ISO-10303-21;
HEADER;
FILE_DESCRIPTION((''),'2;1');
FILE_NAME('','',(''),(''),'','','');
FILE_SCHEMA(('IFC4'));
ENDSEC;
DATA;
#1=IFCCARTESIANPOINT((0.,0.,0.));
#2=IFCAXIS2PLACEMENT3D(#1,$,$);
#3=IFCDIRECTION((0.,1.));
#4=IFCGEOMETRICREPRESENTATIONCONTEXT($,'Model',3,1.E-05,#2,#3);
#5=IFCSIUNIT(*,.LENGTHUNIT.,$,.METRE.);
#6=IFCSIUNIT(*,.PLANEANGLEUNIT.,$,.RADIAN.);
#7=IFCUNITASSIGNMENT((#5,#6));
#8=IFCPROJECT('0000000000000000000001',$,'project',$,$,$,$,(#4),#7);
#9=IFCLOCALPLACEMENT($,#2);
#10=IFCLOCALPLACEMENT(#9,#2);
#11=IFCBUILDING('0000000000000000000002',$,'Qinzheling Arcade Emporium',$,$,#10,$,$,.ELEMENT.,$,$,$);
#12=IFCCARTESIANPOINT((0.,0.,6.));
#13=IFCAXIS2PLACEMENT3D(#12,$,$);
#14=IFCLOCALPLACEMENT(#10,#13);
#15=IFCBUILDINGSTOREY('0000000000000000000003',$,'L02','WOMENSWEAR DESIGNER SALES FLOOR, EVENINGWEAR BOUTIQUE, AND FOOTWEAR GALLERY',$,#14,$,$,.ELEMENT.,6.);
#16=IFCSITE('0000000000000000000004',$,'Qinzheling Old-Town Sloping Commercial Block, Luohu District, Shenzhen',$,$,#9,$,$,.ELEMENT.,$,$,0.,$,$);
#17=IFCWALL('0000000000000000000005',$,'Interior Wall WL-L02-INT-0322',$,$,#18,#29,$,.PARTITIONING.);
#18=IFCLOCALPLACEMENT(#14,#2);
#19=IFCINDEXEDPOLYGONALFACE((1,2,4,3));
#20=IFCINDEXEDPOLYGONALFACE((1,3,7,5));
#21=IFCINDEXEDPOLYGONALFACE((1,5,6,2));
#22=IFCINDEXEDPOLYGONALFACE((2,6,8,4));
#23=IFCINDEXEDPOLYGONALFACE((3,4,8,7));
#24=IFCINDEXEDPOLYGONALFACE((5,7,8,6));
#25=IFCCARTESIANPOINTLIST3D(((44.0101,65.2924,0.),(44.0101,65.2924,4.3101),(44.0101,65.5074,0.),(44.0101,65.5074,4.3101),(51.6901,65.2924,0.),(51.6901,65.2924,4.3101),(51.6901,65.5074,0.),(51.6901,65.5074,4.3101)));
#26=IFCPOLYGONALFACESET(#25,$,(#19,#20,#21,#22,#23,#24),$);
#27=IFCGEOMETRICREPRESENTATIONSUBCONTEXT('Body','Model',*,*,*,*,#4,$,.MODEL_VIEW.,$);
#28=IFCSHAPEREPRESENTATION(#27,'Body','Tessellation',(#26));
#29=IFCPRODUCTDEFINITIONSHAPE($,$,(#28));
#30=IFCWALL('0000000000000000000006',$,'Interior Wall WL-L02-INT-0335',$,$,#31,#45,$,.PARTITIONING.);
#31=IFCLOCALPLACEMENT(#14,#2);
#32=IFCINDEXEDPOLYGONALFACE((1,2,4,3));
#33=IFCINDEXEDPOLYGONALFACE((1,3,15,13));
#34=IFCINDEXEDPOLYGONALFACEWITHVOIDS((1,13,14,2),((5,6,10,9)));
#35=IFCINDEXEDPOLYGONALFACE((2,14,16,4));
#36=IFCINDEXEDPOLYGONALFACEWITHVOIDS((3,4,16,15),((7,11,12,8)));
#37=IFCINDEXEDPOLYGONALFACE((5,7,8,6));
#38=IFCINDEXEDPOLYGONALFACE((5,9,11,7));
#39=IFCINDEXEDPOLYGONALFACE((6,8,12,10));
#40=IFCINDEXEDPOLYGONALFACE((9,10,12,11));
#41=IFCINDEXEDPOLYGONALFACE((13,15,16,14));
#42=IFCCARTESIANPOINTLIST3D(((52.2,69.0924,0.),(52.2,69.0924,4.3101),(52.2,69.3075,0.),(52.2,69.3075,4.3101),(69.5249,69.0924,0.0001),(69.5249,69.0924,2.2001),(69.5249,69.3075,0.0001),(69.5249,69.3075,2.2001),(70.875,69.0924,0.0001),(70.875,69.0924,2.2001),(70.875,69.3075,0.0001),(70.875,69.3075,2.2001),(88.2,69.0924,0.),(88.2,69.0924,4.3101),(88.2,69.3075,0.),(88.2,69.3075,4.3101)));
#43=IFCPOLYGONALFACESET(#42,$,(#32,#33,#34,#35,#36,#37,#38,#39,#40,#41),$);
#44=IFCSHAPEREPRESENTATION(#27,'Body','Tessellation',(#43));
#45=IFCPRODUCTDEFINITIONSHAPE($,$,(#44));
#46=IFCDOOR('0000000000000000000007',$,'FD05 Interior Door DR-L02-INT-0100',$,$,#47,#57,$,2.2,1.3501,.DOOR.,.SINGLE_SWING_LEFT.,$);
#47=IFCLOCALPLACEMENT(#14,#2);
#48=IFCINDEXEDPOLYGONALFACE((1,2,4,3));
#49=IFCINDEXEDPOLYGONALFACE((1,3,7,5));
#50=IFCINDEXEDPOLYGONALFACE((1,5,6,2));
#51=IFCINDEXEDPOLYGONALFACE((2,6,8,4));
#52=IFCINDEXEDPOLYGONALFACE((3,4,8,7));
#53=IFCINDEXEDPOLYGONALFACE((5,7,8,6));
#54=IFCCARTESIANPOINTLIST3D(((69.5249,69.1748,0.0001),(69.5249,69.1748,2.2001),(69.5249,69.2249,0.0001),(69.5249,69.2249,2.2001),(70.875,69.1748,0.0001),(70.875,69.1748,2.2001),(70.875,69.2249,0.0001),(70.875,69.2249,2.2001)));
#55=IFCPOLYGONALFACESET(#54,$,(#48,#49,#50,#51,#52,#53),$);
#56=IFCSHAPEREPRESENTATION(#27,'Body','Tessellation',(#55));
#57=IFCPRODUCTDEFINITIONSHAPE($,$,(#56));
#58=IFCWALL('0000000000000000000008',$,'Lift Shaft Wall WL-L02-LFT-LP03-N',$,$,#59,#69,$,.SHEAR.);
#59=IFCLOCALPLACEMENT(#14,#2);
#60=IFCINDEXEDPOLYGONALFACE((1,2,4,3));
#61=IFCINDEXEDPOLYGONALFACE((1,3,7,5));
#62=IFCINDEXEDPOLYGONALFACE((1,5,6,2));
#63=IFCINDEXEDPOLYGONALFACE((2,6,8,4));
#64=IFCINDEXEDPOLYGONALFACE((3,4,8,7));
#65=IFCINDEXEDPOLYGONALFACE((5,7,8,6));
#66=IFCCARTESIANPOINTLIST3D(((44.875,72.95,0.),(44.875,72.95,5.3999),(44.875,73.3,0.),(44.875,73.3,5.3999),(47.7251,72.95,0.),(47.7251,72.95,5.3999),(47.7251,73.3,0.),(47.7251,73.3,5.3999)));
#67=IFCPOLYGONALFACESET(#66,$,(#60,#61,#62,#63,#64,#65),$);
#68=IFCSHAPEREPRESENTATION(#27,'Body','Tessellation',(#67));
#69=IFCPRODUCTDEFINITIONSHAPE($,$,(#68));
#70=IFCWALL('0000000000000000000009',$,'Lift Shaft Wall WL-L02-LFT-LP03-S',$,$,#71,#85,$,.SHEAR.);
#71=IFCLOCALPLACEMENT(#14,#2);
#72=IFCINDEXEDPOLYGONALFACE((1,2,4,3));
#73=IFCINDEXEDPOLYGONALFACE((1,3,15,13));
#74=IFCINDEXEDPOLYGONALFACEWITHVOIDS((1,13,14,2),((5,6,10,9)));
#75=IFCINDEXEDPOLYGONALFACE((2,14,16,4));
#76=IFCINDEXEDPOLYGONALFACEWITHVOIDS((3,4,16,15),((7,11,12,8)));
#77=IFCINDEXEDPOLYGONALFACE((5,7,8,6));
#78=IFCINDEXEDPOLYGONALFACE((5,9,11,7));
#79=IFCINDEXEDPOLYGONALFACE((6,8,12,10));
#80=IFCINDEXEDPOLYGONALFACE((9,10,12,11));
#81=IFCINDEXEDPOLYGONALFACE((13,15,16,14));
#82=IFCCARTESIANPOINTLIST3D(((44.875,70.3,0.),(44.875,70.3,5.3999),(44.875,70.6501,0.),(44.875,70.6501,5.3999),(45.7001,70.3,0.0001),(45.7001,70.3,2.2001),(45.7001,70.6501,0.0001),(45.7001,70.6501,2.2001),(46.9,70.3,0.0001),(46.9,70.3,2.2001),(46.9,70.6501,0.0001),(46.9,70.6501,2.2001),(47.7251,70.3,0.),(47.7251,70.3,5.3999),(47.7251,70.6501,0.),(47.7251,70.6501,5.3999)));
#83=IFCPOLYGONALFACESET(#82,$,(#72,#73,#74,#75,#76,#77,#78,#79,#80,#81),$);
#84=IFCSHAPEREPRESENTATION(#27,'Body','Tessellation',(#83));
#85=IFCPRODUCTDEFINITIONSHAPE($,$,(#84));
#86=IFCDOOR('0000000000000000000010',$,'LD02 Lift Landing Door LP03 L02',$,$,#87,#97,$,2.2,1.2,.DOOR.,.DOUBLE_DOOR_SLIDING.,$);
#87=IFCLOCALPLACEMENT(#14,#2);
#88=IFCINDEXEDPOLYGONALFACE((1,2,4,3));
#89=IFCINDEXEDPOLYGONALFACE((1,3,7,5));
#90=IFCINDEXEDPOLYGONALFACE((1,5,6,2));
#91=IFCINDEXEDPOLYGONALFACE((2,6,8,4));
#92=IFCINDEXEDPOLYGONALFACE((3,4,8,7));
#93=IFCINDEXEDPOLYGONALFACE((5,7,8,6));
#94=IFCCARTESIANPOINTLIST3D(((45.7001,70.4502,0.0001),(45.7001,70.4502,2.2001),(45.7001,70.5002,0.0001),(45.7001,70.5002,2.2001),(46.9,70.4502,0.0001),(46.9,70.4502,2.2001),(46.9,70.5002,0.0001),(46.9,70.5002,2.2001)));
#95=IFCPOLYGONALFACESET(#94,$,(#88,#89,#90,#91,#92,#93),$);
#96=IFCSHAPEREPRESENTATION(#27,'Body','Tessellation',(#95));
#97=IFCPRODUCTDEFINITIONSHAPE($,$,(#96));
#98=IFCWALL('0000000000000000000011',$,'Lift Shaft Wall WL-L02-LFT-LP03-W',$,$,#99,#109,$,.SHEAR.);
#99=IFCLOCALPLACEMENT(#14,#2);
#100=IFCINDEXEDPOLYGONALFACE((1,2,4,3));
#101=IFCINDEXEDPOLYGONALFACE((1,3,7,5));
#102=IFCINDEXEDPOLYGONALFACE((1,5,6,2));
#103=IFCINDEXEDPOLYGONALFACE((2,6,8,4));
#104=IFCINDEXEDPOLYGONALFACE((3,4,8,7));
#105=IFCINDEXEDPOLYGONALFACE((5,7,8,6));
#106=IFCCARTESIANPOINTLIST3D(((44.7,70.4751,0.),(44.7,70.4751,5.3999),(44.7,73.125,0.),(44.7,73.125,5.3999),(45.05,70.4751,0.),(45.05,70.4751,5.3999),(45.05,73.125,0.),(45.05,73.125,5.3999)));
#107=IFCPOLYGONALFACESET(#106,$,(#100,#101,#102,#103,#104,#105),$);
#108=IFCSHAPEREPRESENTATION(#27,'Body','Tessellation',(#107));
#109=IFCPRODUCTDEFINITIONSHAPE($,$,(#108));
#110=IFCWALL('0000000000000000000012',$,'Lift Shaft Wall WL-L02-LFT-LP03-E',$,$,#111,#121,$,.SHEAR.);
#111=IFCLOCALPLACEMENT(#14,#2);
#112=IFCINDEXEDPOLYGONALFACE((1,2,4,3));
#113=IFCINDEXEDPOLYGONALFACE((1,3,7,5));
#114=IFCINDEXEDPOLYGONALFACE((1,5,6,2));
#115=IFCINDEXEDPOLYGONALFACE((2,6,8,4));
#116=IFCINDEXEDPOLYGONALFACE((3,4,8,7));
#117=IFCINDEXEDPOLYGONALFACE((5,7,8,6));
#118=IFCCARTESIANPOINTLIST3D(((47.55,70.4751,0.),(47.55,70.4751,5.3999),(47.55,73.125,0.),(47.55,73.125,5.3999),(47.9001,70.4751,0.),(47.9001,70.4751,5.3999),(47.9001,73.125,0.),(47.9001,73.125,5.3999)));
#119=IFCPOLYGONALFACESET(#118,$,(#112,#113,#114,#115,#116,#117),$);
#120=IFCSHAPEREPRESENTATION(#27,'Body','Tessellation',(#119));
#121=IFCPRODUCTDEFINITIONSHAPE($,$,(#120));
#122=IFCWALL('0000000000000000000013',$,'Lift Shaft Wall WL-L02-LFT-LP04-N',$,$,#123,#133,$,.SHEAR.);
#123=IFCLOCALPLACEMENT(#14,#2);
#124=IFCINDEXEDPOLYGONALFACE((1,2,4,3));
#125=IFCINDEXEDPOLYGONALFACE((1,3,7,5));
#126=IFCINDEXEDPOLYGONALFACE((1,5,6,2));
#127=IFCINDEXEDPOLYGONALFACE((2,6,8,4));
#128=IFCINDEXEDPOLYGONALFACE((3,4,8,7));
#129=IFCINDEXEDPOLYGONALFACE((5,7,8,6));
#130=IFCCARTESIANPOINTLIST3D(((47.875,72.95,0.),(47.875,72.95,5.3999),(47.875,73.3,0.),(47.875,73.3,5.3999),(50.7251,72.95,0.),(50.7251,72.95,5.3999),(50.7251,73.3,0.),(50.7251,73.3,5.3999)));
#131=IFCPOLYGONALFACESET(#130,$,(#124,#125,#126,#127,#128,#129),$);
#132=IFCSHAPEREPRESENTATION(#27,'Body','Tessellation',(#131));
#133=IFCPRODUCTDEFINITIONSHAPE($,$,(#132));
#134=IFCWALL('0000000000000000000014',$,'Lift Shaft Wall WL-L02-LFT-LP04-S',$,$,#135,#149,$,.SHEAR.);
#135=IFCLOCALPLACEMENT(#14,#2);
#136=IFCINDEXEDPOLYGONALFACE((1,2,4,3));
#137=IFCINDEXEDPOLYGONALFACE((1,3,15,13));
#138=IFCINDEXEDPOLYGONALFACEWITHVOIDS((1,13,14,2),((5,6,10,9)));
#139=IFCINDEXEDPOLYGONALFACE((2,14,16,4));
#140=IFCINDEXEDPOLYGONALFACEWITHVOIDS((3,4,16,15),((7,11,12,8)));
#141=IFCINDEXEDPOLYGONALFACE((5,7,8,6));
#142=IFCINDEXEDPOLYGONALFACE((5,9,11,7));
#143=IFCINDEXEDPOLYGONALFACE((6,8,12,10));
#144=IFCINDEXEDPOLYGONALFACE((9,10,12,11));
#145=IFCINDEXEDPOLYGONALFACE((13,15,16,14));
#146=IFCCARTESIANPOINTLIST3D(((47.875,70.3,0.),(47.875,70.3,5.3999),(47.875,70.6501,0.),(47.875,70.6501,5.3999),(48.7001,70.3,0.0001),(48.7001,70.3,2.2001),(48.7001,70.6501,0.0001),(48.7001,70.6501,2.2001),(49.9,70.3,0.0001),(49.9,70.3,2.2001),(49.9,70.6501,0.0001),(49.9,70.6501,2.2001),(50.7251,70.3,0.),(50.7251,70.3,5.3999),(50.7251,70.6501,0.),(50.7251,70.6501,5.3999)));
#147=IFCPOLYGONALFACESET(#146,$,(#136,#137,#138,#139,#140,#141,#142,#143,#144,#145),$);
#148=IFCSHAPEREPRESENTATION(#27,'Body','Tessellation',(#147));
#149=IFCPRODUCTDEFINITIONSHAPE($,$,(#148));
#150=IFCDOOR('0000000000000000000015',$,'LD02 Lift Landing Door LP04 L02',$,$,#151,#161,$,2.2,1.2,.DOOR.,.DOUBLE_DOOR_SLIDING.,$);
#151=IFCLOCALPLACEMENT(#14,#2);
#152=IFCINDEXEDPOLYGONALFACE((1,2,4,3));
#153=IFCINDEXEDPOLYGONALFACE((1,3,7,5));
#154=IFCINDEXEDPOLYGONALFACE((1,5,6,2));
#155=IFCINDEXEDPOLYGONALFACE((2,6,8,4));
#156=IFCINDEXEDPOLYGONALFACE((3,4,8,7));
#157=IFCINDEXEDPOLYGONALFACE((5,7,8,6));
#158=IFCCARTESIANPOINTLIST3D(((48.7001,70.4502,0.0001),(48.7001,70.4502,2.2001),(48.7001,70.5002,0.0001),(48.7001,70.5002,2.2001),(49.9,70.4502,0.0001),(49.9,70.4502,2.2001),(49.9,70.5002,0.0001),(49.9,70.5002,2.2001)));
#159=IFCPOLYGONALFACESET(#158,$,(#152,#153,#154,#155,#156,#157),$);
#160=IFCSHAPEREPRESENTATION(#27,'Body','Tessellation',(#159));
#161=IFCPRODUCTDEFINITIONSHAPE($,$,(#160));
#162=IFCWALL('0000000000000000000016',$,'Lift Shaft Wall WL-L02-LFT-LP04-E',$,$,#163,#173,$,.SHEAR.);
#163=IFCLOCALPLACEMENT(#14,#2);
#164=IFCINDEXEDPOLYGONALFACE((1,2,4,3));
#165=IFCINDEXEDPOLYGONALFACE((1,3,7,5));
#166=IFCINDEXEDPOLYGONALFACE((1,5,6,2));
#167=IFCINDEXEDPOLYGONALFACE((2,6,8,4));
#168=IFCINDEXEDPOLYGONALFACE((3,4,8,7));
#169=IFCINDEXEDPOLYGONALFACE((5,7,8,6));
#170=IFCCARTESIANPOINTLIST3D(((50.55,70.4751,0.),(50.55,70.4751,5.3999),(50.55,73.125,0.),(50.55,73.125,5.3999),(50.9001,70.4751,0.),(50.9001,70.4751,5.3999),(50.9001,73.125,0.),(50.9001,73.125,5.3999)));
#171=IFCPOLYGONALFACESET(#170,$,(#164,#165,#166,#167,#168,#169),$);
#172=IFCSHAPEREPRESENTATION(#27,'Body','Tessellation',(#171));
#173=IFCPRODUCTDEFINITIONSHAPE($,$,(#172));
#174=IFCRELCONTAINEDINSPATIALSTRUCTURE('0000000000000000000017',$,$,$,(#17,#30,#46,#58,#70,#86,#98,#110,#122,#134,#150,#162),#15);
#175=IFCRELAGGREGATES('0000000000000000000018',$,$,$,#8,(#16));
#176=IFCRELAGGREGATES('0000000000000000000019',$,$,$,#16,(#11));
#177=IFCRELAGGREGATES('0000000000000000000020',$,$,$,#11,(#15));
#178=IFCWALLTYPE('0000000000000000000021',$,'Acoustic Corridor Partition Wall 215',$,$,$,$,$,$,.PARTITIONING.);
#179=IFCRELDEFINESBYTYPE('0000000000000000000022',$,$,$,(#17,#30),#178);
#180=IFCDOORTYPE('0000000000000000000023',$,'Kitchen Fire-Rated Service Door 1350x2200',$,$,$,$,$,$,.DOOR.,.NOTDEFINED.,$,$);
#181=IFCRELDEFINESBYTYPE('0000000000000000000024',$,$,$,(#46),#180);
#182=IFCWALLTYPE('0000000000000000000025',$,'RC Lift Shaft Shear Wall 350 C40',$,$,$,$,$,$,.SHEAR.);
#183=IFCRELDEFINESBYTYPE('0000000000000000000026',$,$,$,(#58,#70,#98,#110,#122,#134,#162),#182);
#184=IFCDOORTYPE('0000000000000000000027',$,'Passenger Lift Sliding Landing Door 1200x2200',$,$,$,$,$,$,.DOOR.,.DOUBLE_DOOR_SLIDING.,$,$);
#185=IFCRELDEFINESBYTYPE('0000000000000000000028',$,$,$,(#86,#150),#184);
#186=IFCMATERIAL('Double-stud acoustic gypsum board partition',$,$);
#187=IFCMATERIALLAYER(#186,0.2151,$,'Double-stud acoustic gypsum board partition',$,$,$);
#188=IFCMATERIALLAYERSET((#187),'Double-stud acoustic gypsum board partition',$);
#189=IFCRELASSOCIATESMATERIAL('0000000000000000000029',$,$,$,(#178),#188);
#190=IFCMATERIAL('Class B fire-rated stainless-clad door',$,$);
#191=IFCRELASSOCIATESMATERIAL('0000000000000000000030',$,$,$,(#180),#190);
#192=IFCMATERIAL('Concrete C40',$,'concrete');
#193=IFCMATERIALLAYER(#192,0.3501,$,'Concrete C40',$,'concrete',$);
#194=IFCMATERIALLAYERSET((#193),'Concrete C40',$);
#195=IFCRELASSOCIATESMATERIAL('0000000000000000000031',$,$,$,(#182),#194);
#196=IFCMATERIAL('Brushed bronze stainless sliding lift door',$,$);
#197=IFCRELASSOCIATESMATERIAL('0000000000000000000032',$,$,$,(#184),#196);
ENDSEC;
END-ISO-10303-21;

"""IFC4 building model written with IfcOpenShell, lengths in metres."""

from ifc_helpers import new_model, si_unit, direction, frame, frame_2d, origin, place, context, subcontext, project, spatial, rectangle, extrude, material, layer, layer_set, type_object, element, fill, save


model = new_model("IFC4")

# Units and contexts
model_context = context("Model", 3, precision=1e-05, world=origin(), true_north=direction((0.0, 1.0)))
body_context = subcontext(model_context, "Body", "Model", "MODEL_VIEW")
ifc_project = project(units=[si_unit("LENGTHUNIT", "METRE"), si_unit("PLANEANGLEUNIT", "RADIAN")], contexts=[model_context])

# Site, building, storey
site_placement = place(None, origin())
site = spatial("IfcSite", under=ifc_project, at=site_placement, Name="Qinzheling Old-Town Sloping Commercial Block, Luohu District, Shenzhen", CompositionType="ELEMENT", RefElevation=0.0)
building_placement = place(site_placement, origin())
building = spatial("IfcBuilding", under=site, at=building_placement, Name="Qinzheling Arcade Emporium", CompositionType="ELEMENT")
storey_placement = place(building_placement, frame((0.0, 0.0, 6.0)))
storey = spatial("IfcBuildingStorey", under=building, at=storey_placement, Name="L02", Description="WOMENSWEAR DESIGNER SALES FLOOR, EVENINGWEAR BOUTIQUE, AND FOOTWEAR GALLERY", CompositionType="ELEMENT", Elevation=6.0)

# Shared definitions
ifc_material_1 = material(Name="Concrete C40", Category="concrete")

# Shared definitions
ifc_material_2 = material(Name="Double-stud acoustic gypsum board partition")
ifc_layer_1 = layer(ifc_material_2, 0.2151, Name="Double-stud acoustic gypsum board partition")
ifc_layer_set_1 = layer_set([ifc_layer_1], Name="Double-stud acoustic gypsum board partition")
wall_type_1 = type_object("IfcWallType", Name="Acoustic Corridor Partition Wall 215", PredefinedType="PARTITIONING", material=ifc_layer_set_1)

# Shared definitions
ifc_material_3 = material(Name="Class B fire-rated stainless-clad door")
door_type_1 = type_object("IfcDoorType", Name="Kitchen Fire-Rated Service Door 1350x2200", OperationType="NOTDEFINED", PredefinedType="DOOR", material=ifc_material_3)

# Wall
wall_1_placement = place(storey_placement, frame((51.6899, 65.3999, 0.0), z_axis=(0.0, 0.0, 1.0), x_axis=(-1.0, 0.0, 0.0)))
element("IfcWall", 1, at=wall_1_placement, inside=storey, type_object=wall_type_1, Name="Interior Wall WL-L02-INT-0322", PredefinedType="PARTITIONING", context=body_context, shape_type="SweptSolid", body=[
    extrude(rectangle(XDim=7.6799, YDim=0.2151, at=frame_2d((3.8398, 0.0))), origin(), (0.0, 0.0, 1.0), 4.3101),
])

# Wall, opening, door
wall_2_placement = place(storey_placement, frame((52.2, 69.2, 0.0), z_axis=(0.0, 0.0, 1.0), x_axis=(1.0, 0.0, 0.0)))
wall_2 = element("IfcWall", 2, at=wall_2_placement, inside=storey, type_object=wall_type_1, Name="Interior Wall WL-L02-INT-0335", PredefinedType="PARTITIONING", context=body_context, shape_type="SweptSolid", body=[
    extrude(rectangle(XDim=36.0, YDim=0.2151, at=frame_2d((18.0, 0.0))), origin(), (0.0, 0.0, 1.0), 4.3101),
])
opening_1_placement = place(wall_2_placement, frame((17.325, 0.0, 0.0)))
opening_1 = element("IfcOpeningElement", 3, at=opening_1_placement, cuts=wall_2, PredefinedType="OPENING", context=body_context, shape_type="SweptSolid", body=[
    extrude(rectangle(XDim=1.3501, YDim=2.2, at=frame_2d((0.675, 1.1001))), frame((0.0, 0.1177, 0.0), z_axis=(0.0, -1.0, 0.0), x_axis=(1.0, 0.0, 0.0)), (0.0, 0.0, 1.0), 0.2351),
])
door_1_placement = place(opening_1_placement, origin())
door_1 = element("IfcDoor", 4, at=door_1_placement, inside=storey, type_object=door_type_1, Name="FD05 Interior Door DR-L02-INT-0100", OperationType="SINGLE_SWING_LEFT", OverallHeight=2.2, OverallWidth=1.3501, PredefinedType="DOOR", context=body_context, shape_type="SweptSolid", body=[
    extrude(rectangle(XDim=1.3501, YDim=2.2, at=frame_2d((0.675, 1.1001))), frame((0.0, 0.0249, 0.0), z_axis=(0.0, -1.0, 0.0), x_axis=(1.0, 0.0, 0.0)), (0.0, 0.0, 1.0), 0.05),
])
fill(opening_1, door_1)

# Wall
ifc_layer_2 = layer(ifc_material_1, 0.3501, Name="Concrete C40", Category="concrete")
ifc_layer_set_2 = layer_set([ifc_layer_2], Name="Concrete C40")
wall_type_2 = type_object("IfcWallType", Name="RC Lift Shaft Shear Wall 350 C40", PredefinedType="SHEAR", material=ifc_layer_set_2)
wall_3_placement = place(storey_placement, frame((44.875, 73.125, 0.0), z_axis=(0.0, 0.0, 1.0), x_axis=(1.0, 0.0, 0.0)))
element("IfcWall", 5, at=wall_3_placement, inside=storey, type_object=wall_type_2, Name="Lift Shaft Wall WL-L02-LFT-LP03-N", PredefinedType="SHEAR", context=body_context, shape_type="SweptSolid", body=[
    extrude(rectangle(XDim=2.8501, YDim=0.3501, at=frame_2d((1.425, 0.0))), origin(), (0.0, 0.0, 1.0), 5.3999),
])

# Wall, opening, door
wall_4_placement = place(storey_placement, frame((47.7251, 70.4751, 0.0), z_axis=(0.0, 0.0, 1.0), x_axis=(-1.0, 0.0, 0.0)))
wall_4 = element("IfcWall", 6, at=wall_4_placement, inside=storey, type_object=wall_type_2, Name="Lift Shaft Wall WL-L02-LFT-LP03-S", PredefinedType="SHEAR", context=body_context, shape_type="SweptSolid", body=[
    extrude(rectangle(XDim=2.8501, YDim=0.3501, at=frame_2d((1.425, 0.0))), origin(), (0.0, 0.0, 1.0), 5.3999),
])
opening_2_placement = place(wall_4_placement, frame((0.825, 0.0, 0.0)))
opening_2 = element("IfcOpeningElement", 7, at=opening_2_placement, cuts=wall_4, PredefinedType="OPENING", context=body_context, shape_type="SweptSolid", body=[
    extrude(rectangle(XDim=1.2, YDim=2.2, at=frame_2d((0.6001, 1.1001))), frame((0.0, 0.1851, 0.0), z_axis=(0.0, -1.0, 0.0), x_axis=(1.0, 0.0, 0.0)), (0.0, 0.0, 1.0), 0.3701),
])
ifc_material_4 = material(Name="Brushed bronze stainless sliding lift door")
door_type_2 = type_object("IfcDoorType", Name="Passenger Lift Sliding Landing Door 1200x2200", OperationType="DOUBLE_DOOR_SLIDING", PredefinedType="DOOR", material=ifc_material_4)
door_2_placement = place(opening_2_placement, origin())
door_2 = element("IfcDoor", 8, at=door_2_placement, inside=storey, type_object=door_type_2, Name="LD02 Lift Landing Door LP03 L02", OperationType="DOUBLE_DOOR_SLIDING", OverallHeight=2.2, OverallWidth=1.2, PredefinedType="DOOR", context=body_context, shape_type="SweptSolid", body=[
    extrude(rectangle(XDim=1.2, YDim=2.2, at=frame_2d((0.6001, 1.1001))), frame((0.0, 0.0249, 0.0), z_axis=(0.0, -1.0, 0.0), x_axis=(1.0, 0.0, 0.0)), (0.0, 0.0, 1.0), 0.05),
])
fill(opening_2, door_2)

# Walls
for number, where, z_axis, x_axis, name in (
    (9, (44.875, 70.4751, 0.0), (0.0, 0.0, 1.0), (0.0, 1.0, 0.0), "Lift Shaft Wall WL-L02-LFT-LP03-W"),
    (10, (47.7251, 73.125, 0.0), (0.0, 0.0, 1.0), (0.0, -1.0, 0.0), "Lift Shaft Wall WL-L02-LFT-LP03-E"),
):
    element("IfcWall", number, at=place(storey_placement, frame(where, z_axis=z_axis, x_axis=x_axis)), inside=storey, type_object=wall_type_2, Name=name, PredefinedType="SHEAR", context=body_context, shape_type="SweptSolid", body=[
        extrude(rectangle(XDim=2.6499, YDim=0.3501, at=frame_2d((1.325, 0.0))), origin(), (0.0, 0.0, 1.0), 5.3999),
    ])
wall_5_placement = place(storey_placement, frame((47.875, 73.125, 0.0), z_axis=(0.0, 0.0, 1.0), x_axis=(1.0, 0.0, 0.0)))
element("IfcWall", 11, at=wall_5_placement, inside=storey, type_object=wall_type_2, Name="Lift Shaft Wall WL-L02-LFT-LP04-N", PredefinedType="SHEAR", context=body_context, shape_type="SweptSolid", body=[
    extrude(rectangle(XDim=2.8501, YDim=0.3501, at=frame_2d((1.425, 0.0))), origin(), (0.0, 0.0, 1.0), 5.3999),
])

# Wall, opening, door
wall_6_placement = place(storey_placement, frame((50.7251, 70.4751, 0.0), z_axis=(0.0, 0.0, 1.0), x_axis=(-1.0, 0.0, 0.0)))
wall_6 = element("IfcWall", 12, at=wall_6_placement, inside=storey, type_object=wall_type_2, Name="Lift Shaft Wall WL-L02-LFT-LP04-S", PredefinedType="SHEAR", context=body_context, shape_type="SweptSolid", body=[
    extrude(rectangle(XDim=2.8501, YDim=0.3501, at=frame_2d((1.425, 0.0))), origin(), (0.0, 0.0, 1.0), 5.3999),
])
opening_3_placement = place(wall_6_placement, frame((0.825, 0.0, 0.0)))
opening_3 = element("IfcOpeningElement", 13, at=opening_3_placement, cuts=wall_6, PredefinedType="OPENING", context=body_context, shape_type="SweptSolid", body=[
    extrude(rectangle(XDim=1.2, YDim=2.2, at=frame_2d((0.6001, 1.1001))), frame((0.0, 0.1851, 0.0), z_axis=(0.0, -1.0, 0.0), x_axis=(1.0, 0.0, 0.0)), (0.0, 0.0, 1.0), 0.3701),
])
door_3_placement = place(opening_3_placement, origin())
door_3 = element("IfcDoor", 14, at=door_3_placement, inside=storey, type_object=door_type_2, Name="LD02 Lift Landing Door LP04 L02", OperationType="DOUBLE_DOOR_SLIDING", OverallHeight=2.2, OverallWidth=1.2, PredefinedType="DOOR", context=body_context, shape_type="SweptSolid", body=[
    extrude(rectangle(XDim=1.2, YDim=2.2, at=frame_2d((0.6001, 1.1001))), frame((0.0, 0.0249, 0.0), z_axis=(0.0, -1.0, 0.0), x_axis=(1.0, 0.0, 0.0)), (0.0, 0.0, 1.0), 0.05),
])
fill(opening_3, door_3)

# Wall
wall_7_placement = place(storey_placement, frame((50.7251, 73.125, 0.0), z_axis=(0.0, 0.0, 1.0), x_axis=(0.0, -1.0, 0.0)))
element("IfcWall", 15, at=wall_7_placement, inside=storey, type_object=wall_type_2, Name="Lift Shaft Wall WL-L02-LFT-LP04-E", PredefinedType="SHEAR", context=body_context, shape_type="SweptSolid", body=[
    extrude(rectangle(XDim=2.6499, YDim=0.3501, at=frame_2d((1.325, 0.0))), origin(), (0.0, 0.0, 1.0), 5.3999),
])

save(model, "model.ifc")
